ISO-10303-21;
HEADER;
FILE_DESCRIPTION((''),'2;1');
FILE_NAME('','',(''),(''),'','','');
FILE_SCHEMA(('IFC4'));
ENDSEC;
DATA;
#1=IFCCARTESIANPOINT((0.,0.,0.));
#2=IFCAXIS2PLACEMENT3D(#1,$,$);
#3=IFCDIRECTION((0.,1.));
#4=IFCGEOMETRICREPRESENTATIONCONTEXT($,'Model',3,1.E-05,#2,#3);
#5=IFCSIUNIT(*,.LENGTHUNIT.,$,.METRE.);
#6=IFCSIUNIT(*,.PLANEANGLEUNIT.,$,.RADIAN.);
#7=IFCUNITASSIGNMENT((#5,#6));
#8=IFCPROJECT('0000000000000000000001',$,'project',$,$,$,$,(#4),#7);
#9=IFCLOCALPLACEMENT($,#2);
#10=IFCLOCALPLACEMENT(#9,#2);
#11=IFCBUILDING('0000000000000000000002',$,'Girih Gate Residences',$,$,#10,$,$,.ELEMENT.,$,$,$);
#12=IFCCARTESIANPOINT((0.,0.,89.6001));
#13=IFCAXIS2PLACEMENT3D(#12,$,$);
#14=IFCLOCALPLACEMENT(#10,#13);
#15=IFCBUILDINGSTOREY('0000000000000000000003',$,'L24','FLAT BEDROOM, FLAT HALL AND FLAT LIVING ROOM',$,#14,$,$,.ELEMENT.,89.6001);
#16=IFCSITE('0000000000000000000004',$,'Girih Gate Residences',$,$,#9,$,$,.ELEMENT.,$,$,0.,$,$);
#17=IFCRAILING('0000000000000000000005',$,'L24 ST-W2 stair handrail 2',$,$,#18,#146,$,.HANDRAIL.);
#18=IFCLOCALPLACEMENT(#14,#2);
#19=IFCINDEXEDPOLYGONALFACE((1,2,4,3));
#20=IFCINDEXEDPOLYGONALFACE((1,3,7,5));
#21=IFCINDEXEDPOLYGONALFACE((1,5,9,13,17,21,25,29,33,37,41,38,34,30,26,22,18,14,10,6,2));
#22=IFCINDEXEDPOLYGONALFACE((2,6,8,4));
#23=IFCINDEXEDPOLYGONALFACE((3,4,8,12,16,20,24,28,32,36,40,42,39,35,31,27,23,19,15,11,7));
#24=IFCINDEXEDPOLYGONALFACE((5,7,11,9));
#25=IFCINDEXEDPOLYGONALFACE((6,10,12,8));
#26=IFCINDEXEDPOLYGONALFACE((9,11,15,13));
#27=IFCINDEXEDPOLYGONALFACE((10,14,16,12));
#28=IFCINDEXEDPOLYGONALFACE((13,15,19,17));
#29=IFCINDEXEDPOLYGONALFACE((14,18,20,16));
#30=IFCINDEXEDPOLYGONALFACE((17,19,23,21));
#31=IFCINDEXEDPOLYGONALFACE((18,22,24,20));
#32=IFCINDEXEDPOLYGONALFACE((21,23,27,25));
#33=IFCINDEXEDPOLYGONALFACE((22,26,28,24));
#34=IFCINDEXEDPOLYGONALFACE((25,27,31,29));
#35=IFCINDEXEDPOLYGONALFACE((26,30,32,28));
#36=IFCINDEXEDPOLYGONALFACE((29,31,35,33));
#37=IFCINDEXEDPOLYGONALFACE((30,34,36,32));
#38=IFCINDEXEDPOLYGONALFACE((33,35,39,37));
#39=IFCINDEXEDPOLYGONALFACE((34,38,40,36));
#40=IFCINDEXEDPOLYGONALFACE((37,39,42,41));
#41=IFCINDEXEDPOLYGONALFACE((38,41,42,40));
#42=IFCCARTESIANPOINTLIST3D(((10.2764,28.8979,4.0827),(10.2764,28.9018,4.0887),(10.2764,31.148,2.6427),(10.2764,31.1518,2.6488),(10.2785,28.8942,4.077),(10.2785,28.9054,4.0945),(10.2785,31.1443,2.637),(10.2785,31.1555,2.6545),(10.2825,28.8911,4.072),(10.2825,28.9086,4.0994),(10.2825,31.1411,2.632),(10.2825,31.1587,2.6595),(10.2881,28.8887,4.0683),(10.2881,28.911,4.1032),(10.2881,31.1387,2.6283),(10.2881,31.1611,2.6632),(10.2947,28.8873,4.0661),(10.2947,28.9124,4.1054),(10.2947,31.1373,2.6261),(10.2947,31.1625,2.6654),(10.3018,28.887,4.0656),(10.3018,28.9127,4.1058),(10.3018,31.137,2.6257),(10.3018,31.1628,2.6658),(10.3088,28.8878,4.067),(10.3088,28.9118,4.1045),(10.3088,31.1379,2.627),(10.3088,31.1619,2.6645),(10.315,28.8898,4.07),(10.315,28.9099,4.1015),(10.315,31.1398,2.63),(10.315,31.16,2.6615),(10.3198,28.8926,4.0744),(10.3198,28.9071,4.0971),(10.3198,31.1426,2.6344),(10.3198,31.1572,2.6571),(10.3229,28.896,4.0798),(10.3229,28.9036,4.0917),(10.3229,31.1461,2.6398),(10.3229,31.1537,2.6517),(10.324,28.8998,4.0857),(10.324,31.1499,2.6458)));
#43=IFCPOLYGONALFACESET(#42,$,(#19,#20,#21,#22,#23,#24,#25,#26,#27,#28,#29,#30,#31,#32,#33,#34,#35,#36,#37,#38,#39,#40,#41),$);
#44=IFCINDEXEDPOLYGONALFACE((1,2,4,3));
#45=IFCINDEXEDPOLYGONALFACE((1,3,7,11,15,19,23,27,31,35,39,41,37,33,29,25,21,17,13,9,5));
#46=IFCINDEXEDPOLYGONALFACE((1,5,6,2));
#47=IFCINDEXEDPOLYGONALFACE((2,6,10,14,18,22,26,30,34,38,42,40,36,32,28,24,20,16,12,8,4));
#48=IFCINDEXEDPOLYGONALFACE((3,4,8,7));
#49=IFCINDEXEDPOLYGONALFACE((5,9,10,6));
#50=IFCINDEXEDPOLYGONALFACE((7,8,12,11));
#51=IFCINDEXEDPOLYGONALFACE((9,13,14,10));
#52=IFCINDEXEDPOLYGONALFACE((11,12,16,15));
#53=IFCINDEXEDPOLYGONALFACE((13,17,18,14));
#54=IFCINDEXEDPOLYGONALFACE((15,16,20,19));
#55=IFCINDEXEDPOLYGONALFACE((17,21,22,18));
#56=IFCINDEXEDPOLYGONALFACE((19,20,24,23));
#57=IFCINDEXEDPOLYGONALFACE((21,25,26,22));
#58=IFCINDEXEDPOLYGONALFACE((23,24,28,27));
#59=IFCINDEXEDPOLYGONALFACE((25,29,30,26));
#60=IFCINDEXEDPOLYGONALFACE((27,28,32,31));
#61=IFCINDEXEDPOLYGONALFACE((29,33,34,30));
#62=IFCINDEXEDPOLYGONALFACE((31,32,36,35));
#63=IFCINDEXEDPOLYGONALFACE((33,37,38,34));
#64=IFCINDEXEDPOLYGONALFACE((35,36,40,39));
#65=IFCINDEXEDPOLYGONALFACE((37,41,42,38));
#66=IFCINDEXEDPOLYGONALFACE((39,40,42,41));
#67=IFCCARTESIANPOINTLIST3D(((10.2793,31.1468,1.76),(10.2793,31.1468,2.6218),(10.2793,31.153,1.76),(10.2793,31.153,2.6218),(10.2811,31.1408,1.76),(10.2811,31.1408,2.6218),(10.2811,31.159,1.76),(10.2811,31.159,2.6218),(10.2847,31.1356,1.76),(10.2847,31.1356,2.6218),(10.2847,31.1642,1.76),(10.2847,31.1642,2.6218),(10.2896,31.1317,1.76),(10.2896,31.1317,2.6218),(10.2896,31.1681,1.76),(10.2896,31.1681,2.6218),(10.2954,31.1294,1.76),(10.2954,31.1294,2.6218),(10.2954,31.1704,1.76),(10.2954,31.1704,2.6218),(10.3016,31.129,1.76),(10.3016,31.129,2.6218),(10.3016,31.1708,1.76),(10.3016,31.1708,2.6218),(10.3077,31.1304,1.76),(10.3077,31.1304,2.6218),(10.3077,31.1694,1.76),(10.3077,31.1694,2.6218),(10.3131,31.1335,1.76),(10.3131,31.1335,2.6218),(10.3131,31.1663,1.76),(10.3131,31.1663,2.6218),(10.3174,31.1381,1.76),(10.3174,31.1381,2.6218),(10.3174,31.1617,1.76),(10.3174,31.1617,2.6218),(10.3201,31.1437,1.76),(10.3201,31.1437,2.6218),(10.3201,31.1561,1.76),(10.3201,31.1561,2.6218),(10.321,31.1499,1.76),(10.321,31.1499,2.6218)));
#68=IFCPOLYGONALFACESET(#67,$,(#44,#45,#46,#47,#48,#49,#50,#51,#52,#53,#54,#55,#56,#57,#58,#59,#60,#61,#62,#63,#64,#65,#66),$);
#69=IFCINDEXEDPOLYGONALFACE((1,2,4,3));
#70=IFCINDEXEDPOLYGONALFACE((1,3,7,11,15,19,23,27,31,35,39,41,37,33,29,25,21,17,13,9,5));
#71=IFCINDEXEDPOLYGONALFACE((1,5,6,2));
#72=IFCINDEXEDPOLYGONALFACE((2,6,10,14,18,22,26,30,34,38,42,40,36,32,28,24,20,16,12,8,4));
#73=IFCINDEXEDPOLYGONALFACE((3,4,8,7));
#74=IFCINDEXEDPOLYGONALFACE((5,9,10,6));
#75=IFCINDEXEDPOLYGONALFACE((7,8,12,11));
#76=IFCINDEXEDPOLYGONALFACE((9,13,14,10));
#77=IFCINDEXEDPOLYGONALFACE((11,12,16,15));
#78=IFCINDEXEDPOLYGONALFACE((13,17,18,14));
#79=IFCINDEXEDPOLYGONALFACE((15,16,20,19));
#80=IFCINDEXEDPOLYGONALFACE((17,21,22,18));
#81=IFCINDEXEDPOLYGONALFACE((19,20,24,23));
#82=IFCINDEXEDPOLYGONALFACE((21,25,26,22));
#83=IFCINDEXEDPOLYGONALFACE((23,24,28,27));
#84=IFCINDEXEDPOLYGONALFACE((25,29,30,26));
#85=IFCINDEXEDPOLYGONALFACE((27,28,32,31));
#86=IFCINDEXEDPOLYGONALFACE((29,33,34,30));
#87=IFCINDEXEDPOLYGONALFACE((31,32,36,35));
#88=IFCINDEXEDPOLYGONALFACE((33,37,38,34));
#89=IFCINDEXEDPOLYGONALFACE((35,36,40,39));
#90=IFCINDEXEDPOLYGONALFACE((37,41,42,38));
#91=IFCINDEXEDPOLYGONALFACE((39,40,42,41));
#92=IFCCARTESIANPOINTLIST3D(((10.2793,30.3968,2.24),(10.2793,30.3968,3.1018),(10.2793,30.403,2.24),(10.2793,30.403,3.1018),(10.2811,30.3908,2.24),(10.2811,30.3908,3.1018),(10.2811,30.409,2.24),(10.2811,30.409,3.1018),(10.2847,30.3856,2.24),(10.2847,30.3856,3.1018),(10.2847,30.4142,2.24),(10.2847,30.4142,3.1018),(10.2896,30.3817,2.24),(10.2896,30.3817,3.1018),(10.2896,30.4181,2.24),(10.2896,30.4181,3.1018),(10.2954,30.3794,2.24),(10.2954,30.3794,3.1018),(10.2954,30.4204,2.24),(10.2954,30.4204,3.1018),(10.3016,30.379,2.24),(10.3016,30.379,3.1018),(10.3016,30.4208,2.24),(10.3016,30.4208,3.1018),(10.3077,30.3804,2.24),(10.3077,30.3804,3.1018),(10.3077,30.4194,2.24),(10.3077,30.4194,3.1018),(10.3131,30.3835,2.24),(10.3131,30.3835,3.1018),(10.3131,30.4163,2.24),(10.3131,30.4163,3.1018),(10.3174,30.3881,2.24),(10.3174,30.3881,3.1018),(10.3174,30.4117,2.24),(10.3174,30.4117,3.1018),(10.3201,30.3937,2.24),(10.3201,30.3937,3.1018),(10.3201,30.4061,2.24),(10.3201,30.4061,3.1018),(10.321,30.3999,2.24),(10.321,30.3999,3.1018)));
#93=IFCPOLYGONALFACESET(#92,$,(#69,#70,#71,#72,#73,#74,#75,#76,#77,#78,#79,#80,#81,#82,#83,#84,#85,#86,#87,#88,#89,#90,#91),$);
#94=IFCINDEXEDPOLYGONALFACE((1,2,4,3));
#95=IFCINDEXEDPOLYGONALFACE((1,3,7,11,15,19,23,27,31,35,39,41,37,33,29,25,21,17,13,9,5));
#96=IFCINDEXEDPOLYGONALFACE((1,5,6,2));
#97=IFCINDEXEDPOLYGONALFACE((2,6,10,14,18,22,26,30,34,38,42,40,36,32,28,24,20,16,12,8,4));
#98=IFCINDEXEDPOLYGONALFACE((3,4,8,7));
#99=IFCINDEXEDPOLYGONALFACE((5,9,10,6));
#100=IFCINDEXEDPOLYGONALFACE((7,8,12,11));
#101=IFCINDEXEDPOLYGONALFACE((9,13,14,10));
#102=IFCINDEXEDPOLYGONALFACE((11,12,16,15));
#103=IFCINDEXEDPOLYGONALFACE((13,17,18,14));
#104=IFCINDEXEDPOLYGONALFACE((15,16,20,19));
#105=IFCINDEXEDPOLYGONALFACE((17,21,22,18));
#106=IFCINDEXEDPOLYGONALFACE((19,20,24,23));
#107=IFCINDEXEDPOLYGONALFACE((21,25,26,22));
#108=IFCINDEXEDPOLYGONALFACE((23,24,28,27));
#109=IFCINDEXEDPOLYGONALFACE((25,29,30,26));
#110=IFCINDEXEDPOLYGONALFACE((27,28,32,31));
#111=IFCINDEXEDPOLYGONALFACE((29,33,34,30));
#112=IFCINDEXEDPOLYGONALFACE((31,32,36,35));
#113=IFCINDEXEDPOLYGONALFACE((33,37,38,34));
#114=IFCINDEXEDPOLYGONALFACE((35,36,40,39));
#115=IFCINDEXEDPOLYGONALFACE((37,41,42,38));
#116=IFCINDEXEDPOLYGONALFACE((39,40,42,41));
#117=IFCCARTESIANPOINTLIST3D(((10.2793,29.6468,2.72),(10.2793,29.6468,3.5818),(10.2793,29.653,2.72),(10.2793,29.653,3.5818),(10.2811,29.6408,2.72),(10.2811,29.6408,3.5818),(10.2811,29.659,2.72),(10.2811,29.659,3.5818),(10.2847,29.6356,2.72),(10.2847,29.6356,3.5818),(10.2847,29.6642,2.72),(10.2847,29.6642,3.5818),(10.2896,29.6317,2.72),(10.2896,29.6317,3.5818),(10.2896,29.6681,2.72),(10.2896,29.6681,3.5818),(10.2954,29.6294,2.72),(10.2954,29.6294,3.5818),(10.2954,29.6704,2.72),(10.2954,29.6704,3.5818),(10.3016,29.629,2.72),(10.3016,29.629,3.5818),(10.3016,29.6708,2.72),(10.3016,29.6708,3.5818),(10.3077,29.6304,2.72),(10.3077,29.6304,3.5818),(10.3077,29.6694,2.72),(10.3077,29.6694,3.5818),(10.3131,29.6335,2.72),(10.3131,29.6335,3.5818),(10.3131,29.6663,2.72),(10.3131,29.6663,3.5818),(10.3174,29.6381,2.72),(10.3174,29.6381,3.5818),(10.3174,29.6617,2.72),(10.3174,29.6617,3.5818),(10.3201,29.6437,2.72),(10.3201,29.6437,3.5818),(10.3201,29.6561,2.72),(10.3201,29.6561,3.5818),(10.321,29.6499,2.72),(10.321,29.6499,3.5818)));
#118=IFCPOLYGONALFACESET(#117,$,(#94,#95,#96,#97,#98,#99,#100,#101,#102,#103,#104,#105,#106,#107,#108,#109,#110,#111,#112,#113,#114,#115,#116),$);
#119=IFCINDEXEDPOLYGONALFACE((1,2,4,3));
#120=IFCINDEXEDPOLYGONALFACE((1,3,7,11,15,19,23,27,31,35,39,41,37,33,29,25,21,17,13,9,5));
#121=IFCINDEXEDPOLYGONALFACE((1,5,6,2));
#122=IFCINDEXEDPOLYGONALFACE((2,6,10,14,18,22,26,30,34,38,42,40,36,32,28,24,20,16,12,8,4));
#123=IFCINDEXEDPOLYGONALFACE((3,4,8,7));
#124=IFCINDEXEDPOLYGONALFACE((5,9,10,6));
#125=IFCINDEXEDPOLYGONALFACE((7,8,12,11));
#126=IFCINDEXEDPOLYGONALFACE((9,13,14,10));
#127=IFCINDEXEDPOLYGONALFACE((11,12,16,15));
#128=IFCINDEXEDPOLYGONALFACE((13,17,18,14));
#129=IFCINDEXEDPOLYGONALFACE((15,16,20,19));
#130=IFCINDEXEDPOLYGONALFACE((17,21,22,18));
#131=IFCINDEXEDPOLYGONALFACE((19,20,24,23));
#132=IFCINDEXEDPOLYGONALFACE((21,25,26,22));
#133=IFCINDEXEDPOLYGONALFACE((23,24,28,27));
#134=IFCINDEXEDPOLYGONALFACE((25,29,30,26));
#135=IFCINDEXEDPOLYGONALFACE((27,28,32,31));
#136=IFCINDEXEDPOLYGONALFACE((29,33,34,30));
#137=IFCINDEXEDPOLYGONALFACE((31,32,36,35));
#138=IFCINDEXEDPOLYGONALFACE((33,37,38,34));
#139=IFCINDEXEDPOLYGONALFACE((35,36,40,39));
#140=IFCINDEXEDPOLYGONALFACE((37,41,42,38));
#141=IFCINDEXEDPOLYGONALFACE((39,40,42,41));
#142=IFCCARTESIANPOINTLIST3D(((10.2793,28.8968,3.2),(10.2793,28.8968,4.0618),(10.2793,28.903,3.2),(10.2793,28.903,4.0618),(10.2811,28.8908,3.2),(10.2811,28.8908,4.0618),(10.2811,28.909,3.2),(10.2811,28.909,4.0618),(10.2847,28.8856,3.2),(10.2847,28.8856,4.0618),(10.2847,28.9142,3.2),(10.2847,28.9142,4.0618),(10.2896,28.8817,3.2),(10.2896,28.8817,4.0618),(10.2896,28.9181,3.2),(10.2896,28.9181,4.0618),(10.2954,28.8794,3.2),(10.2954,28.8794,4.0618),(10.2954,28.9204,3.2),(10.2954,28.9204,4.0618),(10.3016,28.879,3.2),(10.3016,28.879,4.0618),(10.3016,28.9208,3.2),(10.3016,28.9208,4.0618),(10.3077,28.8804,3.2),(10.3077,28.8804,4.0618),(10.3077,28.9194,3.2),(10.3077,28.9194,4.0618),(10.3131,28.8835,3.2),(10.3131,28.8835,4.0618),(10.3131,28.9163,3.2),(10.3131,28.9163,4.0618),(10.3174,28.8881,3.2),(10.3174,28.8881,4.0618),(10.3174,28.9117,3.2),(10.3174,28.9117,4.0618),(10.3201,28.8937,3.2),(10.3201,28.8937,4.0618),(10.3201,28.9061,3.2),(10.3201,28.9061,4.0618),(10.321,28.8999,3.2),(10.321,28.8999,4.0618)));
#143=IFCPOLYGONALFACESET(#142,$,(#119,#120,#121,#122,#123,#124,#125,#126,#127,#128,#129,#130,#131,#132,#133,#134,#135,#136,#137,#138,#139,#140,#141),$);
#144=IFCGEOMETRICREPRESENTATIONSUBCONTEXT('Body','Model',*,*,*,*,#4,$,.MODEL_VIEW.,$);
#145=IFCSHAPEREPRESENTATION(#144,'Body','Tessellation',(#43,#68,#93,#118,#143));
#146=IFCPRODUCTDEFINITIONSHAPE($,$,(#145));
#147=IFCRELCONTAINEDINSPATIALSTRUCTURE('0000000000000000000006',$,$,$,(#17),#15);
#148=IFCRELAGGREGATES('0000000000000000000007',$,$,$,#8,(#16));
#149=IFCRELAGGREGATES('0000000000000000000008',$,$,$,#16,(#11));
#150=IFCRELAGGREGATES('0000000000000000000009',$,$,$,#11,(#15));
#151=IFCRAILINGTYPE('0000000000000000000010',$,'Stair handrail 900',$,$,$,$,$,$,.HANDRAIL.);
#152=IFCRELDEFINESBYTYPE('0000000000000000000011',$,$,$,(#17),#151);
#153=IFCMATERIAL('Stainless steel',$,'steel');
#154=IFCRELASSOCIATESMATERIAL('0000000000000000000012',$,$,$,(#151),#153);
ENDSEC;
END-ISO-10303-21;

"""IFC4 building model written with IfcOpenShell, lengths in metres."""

from ifc_helpers import new_model, si_unit, direction, frame, origin, origin_2d, place, context, subcontext, project, spatial, circle, extrude, material, type_object, element, save


model = new_model("IFC4")

# Units and contexts
model_context = context("Model", 3, precision=1e-05, world=origin(), true_north=direction((0.0, 1.0)))
body_context = subcontext(model_context, "Body", "Model", "MODEL_VIEW")
ifc_project = project(units=[si_unit("LENGTHUNIT", "METRE"), si_unit("PLANEANGLEUNIT", "RADIAN")], contexts=[model_context])

# Site, building, storey
site_placement = place(None, origin())
site = spatial("IfcSite", under=ifc_project, at=site_placement, Name="Girih Gate Residences", CompositionType="ELEMENT", RefElevation=0.0)
building_placement = place(site_placement, origin())
building = spatial("IfcBuilding", under=site, at=building_placement, Name="Girih Gate Residences", CompositionType="ELEMENT")
storey_placement = place(building_placement, frame((0.0, 0.0, 89.6001)))
storey = spatial("IfcBuildingStorey", under=building, at=storey_placement, Name="L24", Description="FLAT BEDROOM, FLAT HALL AND FLAT LIVING ROOM", CompositionType="ELEMENT", Elevation=89.6001)

# Railing
ifc_material_1 = material(Name="Stainless steel", Category="steel")
railing_type_1 = type_object("IfcRailingType", Name="Stair handrail 900", PredefinedType="HANDRAIL", material=ifc_material_1)
railing_1_placement = place(storey_placement, frame((10.3, 31.1499, 1.76)))
element("IfcRailing", 1, at=railing_1_placement, inside=storey, type_object=railing_type_1, Name="L24 ST-W2 stair handrail 2", PredefinedType="HANDRAIL", context=body_context, shape_type="SweptSolid", body=[
    extrude(circle(Radius=0.0239, at=origin_2d()), frame((0.0, 0.0, 0.8857), z_axis=(0.0, -0.842281, 0.539038), x_axis=(1.0, 0.0, 0.0)), (0.0, 0.0, 1.0), 2.6714),
    extrude(circle(Radius=0.021, at=origin_2d()), origin(), (0.0, 0.0, 1.0), 0.8618),
    extrude(circle(Radius=0.021, at=origin_2d()), frame((0.0, -0.75, 0.48)), (0.0, 0.0, 1.0), 0.8618),
    extrude(circle(Radius=0.021, at=origin_2d()), frame((0.0, -1.5, 0.96)), (0.0, 0.0, 1.0), 0.8618),
    extrude(circle(Radius=0.021, at=origin_2d()), frame((0.0, -2.25, 1.4399)), (0.0, 0.0, 1.0), 0.8618),
])

save(model, "model.ifc")
